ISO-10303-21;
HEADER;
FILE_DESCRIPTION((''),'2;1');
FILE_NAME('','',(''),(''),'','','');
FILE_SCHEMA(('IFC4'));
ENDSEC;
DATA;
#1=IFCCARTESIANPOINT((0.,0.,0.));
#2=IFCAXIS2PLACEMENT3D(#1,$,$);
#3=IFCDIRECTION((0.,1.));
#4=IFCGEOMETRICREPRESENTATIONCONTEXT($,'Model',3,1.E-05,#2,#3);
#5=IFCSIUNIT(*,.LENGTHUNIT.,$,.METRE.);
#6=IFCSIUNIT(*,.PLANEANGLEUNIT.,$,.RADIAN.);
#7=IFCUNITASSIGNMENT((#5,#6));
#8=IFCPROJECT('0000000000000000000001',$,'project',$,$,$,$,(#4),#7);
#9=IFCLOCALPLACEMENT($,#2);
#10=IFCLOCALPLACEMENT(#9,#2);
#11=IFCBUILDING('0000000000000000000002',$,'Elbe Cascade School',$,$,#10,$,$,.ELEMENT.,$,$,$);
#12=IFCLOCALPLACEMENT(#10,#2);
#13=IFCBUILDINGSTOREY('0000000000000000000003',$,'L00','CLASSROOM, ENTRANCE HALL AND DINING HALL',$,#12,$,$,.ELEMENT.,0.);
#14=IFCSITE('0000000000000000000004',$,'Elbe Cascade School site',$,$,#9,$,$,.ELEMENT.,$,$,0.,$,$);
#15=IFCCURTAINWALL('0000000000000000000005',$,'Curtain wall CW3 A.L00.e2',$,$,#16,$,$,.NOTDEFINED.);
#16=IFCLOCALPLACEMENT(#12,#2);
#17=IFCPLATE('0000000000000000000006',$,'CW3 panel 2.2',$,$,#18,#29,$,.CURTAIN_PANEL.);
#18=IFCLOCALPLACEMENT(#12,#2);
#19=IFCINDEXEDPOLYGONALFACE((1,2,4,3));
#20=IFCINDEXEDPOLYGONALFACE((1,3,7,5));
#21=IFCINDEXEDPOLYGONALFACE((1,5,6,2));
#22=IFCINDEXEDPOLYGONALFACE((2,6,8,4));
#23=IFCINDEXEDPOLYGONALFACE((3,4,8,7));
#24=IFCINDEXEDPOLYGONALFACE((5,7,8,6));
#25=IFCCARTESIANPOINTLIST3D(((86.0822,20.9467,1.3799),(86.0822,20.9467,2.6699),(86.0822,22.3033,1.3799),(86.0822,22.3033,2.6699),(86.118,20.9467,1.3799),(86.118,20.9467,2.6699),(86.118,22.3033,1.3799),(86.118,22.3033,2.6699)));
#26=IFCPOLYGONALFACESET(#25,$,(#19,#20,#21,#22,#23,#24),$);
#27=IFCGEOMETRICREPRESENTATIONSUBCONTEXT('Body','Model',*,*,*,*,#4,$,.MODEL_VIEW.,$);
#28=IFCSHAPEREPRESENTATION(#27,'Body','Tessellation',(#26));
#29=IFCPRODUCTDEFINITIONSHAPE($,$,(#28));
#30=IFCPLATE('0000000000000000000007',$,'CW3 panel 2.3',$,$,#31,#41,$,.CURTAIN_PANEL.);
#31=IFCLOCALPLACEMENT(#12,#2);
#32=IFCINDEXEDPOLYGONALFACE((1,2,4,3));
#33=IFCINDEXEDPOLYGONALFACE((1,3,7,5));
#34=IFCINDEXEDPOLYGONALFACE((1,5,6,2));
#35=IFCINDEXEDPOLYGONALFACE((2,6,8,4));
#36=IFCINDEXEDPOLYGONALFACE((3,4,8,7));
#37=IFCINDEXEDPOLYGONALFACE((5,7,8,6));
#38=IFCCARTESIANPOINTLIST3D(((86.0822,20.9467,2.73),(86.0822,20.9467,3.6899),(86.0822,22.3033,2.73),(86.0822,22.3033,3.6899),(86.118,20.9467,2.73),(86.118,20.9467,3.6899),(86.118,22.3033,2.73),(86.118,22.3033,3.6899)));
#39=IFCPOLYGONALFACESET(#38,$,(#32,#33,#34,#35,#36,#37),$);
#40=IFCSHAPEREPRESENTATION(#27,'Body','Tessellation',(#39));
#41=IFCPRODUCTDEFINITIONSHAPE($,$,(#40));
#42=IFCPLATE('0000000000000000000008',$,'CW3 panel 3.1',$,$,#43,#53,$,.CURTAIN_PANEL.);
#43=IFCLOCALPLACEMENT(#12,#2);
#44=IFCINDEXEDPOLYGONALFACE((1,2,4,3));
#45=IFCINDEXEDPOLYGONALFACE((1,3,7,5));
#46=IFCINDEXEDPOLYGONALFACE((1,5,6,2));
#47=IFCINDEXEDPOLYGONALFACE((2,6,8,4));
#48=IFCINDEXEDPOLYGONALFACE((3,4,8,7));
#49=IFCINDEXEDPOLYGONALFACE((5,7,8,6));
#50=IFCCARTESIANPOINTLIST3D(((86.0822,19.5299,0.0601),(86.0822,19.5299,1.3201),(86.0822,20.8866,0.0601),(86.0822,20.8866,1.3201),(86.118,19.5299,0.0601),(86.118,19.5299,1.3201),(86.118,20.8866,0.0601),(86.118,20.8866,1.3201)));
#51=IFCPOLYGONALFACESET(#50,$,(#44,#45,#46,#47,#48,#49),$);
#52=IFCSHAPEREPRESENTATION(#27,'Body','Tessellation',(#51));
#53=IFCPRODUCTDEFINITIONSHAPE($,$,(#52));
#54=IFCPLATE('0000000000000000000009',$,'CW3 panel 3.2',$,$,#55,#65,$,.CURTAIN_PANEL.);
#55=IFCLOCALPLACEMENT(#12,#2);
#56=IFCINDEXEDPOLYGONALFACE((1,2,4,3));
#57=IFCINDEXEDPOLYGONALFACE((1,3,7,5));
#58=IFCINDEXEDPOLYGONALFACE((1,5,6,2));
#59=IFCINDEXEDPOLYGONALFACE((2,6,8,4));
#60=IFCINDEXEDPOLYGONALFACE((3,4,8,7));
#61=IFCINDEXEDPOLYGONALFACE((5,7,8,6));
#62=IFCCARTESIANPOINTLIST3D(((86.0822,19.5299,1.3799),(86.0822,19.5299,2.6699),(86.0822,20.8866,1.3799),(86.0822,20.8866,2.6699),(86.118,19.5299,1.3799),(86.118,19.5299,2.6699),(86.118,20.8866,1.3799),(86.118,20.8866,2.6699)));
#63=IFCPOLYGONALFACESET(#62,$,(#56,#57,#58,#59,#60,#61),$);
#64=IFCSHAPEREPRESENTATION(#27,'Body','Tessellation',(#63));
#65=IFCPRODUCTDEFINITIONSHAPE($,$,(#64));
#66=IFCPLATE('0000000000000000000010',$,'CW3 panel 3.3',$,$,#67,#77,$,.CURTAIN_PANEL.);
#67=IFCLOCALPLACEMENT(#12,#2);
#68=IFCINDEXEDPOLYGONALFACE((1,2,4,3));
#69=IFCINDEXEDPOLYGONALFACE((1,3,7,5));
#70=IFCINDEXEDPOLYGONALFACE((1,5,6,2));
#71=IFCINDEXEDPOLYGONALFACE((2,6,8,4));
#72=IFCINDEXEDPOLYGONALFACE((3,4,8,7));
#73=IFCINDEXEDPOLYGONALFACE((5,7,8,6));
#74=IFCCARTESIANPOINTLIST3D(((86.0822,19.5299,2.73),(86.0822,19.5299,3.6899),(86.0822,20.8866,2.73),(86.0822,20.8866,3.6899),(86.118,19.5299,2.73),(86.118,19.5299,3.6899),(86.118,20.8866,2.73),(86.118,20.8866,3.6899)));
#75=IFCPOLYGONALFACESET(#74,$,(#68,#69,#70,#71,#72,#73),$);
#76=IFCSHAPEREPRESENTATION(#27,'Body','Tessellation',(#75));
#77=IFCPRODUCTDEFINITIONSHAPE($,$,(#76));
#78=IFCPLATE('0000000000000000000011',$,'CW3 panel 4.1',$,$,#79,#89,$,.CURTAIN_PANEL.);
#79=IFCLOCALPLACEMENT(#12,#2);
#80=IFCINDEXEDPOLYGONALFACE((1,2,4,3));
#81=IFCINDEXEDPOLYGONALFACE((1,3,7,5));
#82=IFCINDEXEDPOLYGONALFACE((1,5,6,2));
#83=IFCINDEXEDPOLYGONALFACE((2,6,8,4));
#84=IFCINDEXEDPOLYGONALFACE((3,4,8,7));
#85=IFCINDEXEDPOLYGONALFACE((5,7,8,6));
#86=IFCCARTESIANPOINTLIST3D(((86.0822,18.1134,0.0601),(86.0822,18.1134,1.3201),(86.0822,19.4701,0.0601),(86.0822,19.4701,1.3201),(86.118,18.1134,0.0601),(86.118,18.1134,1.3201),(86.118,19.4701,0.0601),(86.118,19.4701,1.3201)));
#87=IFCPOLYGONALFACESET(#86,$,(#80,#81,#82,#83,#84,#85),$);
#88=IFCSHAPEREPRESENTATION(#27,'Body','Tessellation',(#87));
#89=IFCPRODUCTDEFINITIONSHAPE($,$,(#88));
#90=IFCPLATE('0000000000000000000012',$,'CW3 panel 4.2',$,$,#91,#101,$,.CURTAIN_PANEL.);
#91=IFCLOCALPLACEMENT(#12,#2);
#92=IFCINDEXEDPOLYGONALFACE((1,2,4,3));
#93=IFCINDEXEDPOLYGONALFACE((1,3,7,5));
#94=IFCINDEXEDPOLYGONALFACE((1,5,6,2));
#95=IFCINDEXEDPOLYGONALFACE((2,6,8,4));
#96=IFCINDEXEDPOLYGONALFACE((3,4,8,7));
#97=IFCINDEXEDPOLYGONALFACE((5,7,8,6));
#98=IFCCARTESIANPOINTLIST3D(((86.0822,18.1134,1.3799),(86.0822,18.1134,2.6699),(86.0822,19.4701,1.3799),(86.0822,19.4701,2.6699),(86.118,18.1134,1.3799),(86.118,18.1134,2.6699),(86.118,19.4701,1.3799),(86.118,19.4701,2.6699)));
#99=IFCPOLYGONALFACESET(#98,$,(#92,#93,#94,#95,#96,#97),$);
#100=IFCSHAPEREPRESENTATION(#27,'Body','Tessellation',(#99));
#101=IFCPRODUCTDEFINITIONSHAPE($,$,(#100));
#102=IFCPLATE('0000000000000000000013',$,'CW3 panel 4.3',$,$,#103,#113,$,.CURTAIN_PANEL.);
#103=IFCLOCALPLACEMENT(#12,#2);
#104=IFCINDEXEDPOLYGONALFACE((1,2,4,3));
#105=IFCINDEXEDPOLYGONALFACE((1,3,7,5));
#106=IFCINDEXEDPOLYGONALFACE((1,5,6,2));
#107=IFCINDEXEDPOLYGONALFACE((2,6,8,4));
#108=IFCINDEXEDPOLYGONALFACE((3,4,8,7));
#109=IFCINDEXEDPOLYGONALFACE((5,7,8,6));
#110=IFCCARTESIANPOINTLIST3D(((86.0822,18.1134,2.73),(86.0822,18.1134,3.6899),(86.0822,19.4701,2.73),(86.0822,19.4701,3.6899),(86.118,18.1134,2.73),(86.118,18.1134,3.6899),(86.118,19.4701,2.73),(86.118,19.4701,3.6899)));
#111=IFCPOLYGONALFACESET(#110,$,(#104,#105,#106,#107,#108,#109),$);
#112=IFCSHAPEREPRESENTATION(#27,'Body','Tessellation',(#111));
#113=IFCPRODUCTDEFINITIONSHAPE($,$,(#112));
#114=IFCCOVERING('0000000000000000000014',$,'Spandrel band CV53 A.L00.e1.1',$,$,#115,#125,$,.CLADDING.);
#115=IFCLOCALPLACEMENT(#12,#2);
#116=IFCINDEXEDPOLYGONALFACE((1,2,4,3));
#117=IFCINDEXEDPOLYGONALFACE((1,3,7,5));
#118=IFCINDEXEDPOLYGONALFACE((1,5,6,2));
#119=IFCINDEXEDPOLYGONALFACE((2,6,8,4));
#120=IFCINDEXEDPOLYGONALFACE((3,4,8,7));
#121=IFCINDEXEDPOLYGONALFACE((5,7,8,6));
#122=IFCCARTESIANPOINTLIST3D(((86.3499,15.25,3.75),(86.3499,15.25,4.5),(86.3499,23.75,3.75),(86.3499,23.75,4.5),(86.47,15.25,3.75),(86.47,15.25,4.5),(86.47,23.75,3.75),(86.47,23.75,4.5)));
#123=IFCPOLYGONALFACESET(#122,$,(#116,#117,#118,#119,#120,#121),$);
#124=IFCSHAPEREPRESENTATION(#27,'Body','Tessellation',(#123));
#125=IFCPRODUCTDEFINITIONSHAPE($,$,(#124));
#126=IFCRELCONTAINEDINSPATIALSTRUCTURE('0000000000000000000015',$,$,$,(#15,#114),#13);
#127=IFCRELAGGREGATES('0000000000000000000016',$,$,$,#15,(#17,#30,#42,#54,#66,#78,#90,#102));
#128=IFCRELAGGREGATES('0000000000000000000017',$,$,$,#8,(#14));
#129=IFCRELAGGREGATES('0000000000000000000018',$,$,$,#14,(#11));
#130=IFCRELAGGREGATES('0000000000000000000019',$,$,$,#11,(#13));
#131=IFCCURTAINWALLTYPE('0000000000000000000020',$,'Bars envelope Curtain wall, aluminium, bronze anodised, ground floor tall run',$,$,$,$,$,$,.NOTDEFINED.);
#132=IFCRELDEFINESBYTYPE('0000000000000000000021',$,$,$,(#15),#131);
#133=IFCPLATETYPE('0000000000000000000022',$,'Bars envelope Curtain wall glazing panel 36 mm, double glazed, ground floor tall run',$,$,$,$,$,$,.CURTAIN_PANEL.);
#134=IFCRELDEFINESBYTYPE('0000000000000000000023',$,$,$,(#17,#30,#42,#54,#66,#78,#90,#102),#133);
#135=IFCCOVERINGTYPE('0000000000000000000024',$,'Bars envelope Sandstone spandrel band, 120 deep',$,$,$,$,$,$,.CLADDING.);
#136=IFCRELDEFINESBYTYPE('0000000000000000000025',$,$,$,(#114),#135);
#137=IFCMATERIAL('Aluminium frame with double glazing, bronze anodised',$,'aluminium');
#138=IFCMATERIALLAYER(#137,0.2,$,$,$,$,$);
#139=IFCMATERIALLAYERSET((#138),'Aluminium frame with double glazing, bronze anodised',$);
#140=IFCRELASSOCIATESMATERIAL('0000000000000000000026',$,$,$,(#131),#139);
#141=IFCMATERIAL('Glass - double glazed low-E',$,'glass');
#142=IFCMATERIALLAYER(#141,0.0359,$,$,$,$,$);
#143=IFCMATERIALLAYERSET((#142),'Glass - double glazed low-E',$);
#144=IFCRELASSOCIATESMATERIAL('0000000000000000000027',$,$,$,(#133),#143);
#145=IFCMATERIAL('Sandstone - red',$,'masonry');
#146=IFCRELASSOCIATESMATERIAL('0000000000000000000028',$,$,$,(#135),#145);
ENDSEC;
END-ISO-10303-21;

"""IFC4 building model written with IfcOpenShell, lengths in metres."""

from ifc_helpers import new_model, si_unit, direction, frame, origin, origin_2d, place, context, subcontext, project, spatial, rectangle, extrude, material, layer, layer_set, type_object, element, aggregate, save


model = new_model("IFC4")

# Units and contexts
model_context = context("Model", 3, precision=1e-05, world=origin(), true_north=direction((0.0, 1.0)))
body_context = subcontext(model_context, "Body", "Model", "MODEL_VIEW")
ifc_project = project(units=[si_unit("LENGTHUNIT", "METRE"), si_unit("PLANEANGLEUNIT", "RADIAN")], contexts=[model_context])

# Site, building, storey
site_placement = place(None, origin())
site = spatial("IfcSite", under=ifc_project, at=site_placement, Name="Elbe Cascade School site", CompositionType="ELEMENT", RefElevation=0.0)
building_placement = place(site_placement, origin())
building = spatial("IfcBuilding", under=site, at=building_placement, Name="Elbe Cascade School", CompositionType="ELEMENT")
storey_placement = place(building_placement, origin())
storey = spatial("IfcBuildingStorey", under=building, at=storey_placement, Name="L00", Description="CLASSROOM, ENTRANCE HALL AND DINING HALL", CompositionType="ELEMENT", Elevation=0.0)

# Curtain wall, plates
ifc_material_1 = material(Name="Aluminium frame with double glazing, bronze anodised", Category="aluminium")
ifc_layer_1 = layer(ifc_material_1, 0.2)
ifc_layer_set_1 = layer_set([ifc_layer_1], Name="Aluminium frame with double glazing, bronze anodised")
curtain_wall_type = type_object("IfcCurtainWallType", Name="Bars envelope Curtain wall, aluminium, bronze anodised, ground floor tall run", PredefinedType="NOTDEFINED", material=ifc_layer_set_1)
curtain_wall_placement = place(storey_placement, origin())
curtain_wall = element("IfcCurtainWall", 1, at=curtain_wall_placement, inside=storey, type_object=curtain_wall_type, Name="Curtain wall CW3 A.L00.e2", PredefinedType="NOTDEFINED")
ifc_material_2 = material(Name="Glass - double glazed low-E", Category="glass")
ifc_layer_2 = layer(ifc_material_2, 0.0359)
ifc_layer_set_2 = layer_set([ifc_layer_2], Name="Glass - double glazed low-E")
plate_type = type_object("IfcPlateType", Name="Bars envelope Curtain wall glazing panel 36 mm, double glazed, ground floor tall run", PredefinedType="CURTAIN_PANEL", material=ifc_layer_set_2)
plate_1_placement = place(storey_placement, frame((86.1001, 21.625, 1.3799), z_axis=(0.0, 0.0, 1.0), x_axis=(0.0, -1.0, 0.0)))
plate_1 = element("IfcPlate", 2, at=plate_1_placement, type_object=plate_type, Name="CW3 panel 2.2", PredefinedType="CURTAIN_PANEL", context=body_context, shape_type="SweptSolid", body=[
    extrude(rectangle(XDim=1.3567, YDim=0.0359, at=origin_2d()), origin(), (0.0, 0.0, 1.0), 1.29),
])
plate_2_placement = place(storey_placement, frame((86.1001, 21.625, 2.73), z_axis=(0.0, 0.0, 1.0), x_axis=(0.0, -1.0, 0.0)))
plate_2 = element("IfcPlate", 3, at=plate_2_placement, type_object=plate_type, Name="CW3 panel 2.3", PredefinedType="CURTAIN_PANEL", context=body_context, shape_type="SweptSolid", body=[
    extrude(rectangle(XDim=1.3567, YDim=0.0359, at=origin_2d()), origin(), (0.0, 0.0, 1.0), 0.96),
])
plate_3_placement = place(storey_placement, frame((86.1001, 20.2083, 0.0601), z_axis=(0.0, 0.0, 1.0), x_axis=(0.0, -1.0, 0.0)))
plate_3 = element("IfcPlate", 4, at=plate_3_placement, type_object=plate_type, Name="CW3 panel 3.1", PredefinedType="CURTAIN_PANEL", context=body_context, shape_type="SweptSolid", body=[
    extrude(rectangle(XDim=1.3567, YDim=0.0359, at=origin_2d()), origin(), (0.0, 0.0, 1.0), 1.26),
])
plate_4_placement = place(storey_placement, frame((86.1001, 20.2083, 1.3799), z_axis=(0.0, 0.0, 1.0), x_axis=(0.0, -1.0, 0.0)))
plate_4 = element("IfcPlate", 5, at=plate_4_placement, type_object=plate_type, Name="CW3 panel 3.2", PredefinedType="CURTAIN_PANEL", context=body_context, shape_type="SweptSolid", body=[
    extrude(rectangle(XDim=1.3567, YDim=0.0359, at=origin_2d()), origin(), (0.0, 0.0, 1.0), 1.29),
])
plate_5_placement = place(storey_placement, frame((86.1001, 20.2083, 2.73), z_axis=(0.0, 0.0, 1.0), x_axis=(0.0, -1.0, 0.0)))
plate_5 = element("IfcPlate", 6, at=plate_5_placement, type_object=plate_type, Name="CW3 panel 3.3", PredefinedType="CURTAIN_PANEL", context=body_context, shape_type="SweptSolid", body=[
    extrude(rectangle(XDim=1.3567, YDim=0.0359, at=origin_2d()), origin(), (0.0, 0.0, 1.0), 0.96),
])
plate_6_placement = place(storey_placement, frame((86.1001, 18.7917, 0.0601), z_axis=(0.0, 0.0, 1.0), x_axis=(0.0, -1.0, 0.0)))
plate_6 = element("IfcPlate", 7, at=plate_6_placement, type_object=plate_type, Name="CW3 panel 4.1", PredefinedType="CURTAIN_PANEL", context=body_context, shape_type="SweptSolid", body=[
    extrude(rectangle(XDim=1.3567, YDim=0.0359, at=origin_2d()), origin(), (0.0, 0.0, 1.0), 1.26),
])
plate_7_placement = place(storey_placement, frame((86.1001, 18.7917, 1.3799), z_axis=(0.0, 0.0, 1.0), x_axis=(0.0, -1.0, 0.0)))
plate_7 = element("IfcPlate", 8, at=plate_7_placement, type_object=plate_type, Name="CW3 panel 4.2", PredefinedType="CURTAIN_PANEL", context=body_context, shape_type="SweptSolid", body=[
    extrude(rectangle(XDim=1.3567, YDim=0.0359, at=origin_2d()), origin(), (0.0, 0.0, 1.0), 1.29),
])
plate_8_placement = place(storey_placement, frame((86.1001, 18.7917, 2.73), z_axis=(0.0, 0.0, 1.0), x_axis=(0.0, -1.0, 0.0)))
plate_8 = element("IfcPlate", 9, at=plate_8_placement, type_object=plate_type, Name="CW3 panel 4.3", PredefinedType="CURTAIN_PANEL", context=body_context, shape_type="SweptSolid", body=[
    extrude(rectangle(XDim=1.3567, YDim=0.0359, at=origin_2d()), origin(), (0.0, 0.0, 1.0), 0.96),
])
aggregate(curtain_wall, [plate_1, plate_2, plate_3, plate_4, plate_5, plate_6, plate_7, plate_8])

# Covering
ifc_material_3 = material(Name="Sandstone - red", Category="masonry")
covering_type = type_object("IfcCoveringType", Name="Bars envelope Sandstone spandrel band, 120 deep", PredefinedType="CLADDING", material=ifc_material_3)
covering_placement = place(storey_placement, frame((86.4099, 19.5, 3.75), z_axis=(0.0, 0.0, 1.0), x_axis=(0.0, 1.0, 0.0)))
element("IfcCovering", 10, at=covering_placement, inside=storey, type_object=covering_type, Name="Spandrel band CV53 A.L00.e1.1", PredefinedType="CLADDING", context=body_context, shape_type="SweptSolid", body=[
    extrude(rectangle(XDim=8.5, YDim=0.1201, at=origin_2d()), origin(), (0.0, 0.0, 1.0), 0.75),
])

save(model, "model.ifc")
